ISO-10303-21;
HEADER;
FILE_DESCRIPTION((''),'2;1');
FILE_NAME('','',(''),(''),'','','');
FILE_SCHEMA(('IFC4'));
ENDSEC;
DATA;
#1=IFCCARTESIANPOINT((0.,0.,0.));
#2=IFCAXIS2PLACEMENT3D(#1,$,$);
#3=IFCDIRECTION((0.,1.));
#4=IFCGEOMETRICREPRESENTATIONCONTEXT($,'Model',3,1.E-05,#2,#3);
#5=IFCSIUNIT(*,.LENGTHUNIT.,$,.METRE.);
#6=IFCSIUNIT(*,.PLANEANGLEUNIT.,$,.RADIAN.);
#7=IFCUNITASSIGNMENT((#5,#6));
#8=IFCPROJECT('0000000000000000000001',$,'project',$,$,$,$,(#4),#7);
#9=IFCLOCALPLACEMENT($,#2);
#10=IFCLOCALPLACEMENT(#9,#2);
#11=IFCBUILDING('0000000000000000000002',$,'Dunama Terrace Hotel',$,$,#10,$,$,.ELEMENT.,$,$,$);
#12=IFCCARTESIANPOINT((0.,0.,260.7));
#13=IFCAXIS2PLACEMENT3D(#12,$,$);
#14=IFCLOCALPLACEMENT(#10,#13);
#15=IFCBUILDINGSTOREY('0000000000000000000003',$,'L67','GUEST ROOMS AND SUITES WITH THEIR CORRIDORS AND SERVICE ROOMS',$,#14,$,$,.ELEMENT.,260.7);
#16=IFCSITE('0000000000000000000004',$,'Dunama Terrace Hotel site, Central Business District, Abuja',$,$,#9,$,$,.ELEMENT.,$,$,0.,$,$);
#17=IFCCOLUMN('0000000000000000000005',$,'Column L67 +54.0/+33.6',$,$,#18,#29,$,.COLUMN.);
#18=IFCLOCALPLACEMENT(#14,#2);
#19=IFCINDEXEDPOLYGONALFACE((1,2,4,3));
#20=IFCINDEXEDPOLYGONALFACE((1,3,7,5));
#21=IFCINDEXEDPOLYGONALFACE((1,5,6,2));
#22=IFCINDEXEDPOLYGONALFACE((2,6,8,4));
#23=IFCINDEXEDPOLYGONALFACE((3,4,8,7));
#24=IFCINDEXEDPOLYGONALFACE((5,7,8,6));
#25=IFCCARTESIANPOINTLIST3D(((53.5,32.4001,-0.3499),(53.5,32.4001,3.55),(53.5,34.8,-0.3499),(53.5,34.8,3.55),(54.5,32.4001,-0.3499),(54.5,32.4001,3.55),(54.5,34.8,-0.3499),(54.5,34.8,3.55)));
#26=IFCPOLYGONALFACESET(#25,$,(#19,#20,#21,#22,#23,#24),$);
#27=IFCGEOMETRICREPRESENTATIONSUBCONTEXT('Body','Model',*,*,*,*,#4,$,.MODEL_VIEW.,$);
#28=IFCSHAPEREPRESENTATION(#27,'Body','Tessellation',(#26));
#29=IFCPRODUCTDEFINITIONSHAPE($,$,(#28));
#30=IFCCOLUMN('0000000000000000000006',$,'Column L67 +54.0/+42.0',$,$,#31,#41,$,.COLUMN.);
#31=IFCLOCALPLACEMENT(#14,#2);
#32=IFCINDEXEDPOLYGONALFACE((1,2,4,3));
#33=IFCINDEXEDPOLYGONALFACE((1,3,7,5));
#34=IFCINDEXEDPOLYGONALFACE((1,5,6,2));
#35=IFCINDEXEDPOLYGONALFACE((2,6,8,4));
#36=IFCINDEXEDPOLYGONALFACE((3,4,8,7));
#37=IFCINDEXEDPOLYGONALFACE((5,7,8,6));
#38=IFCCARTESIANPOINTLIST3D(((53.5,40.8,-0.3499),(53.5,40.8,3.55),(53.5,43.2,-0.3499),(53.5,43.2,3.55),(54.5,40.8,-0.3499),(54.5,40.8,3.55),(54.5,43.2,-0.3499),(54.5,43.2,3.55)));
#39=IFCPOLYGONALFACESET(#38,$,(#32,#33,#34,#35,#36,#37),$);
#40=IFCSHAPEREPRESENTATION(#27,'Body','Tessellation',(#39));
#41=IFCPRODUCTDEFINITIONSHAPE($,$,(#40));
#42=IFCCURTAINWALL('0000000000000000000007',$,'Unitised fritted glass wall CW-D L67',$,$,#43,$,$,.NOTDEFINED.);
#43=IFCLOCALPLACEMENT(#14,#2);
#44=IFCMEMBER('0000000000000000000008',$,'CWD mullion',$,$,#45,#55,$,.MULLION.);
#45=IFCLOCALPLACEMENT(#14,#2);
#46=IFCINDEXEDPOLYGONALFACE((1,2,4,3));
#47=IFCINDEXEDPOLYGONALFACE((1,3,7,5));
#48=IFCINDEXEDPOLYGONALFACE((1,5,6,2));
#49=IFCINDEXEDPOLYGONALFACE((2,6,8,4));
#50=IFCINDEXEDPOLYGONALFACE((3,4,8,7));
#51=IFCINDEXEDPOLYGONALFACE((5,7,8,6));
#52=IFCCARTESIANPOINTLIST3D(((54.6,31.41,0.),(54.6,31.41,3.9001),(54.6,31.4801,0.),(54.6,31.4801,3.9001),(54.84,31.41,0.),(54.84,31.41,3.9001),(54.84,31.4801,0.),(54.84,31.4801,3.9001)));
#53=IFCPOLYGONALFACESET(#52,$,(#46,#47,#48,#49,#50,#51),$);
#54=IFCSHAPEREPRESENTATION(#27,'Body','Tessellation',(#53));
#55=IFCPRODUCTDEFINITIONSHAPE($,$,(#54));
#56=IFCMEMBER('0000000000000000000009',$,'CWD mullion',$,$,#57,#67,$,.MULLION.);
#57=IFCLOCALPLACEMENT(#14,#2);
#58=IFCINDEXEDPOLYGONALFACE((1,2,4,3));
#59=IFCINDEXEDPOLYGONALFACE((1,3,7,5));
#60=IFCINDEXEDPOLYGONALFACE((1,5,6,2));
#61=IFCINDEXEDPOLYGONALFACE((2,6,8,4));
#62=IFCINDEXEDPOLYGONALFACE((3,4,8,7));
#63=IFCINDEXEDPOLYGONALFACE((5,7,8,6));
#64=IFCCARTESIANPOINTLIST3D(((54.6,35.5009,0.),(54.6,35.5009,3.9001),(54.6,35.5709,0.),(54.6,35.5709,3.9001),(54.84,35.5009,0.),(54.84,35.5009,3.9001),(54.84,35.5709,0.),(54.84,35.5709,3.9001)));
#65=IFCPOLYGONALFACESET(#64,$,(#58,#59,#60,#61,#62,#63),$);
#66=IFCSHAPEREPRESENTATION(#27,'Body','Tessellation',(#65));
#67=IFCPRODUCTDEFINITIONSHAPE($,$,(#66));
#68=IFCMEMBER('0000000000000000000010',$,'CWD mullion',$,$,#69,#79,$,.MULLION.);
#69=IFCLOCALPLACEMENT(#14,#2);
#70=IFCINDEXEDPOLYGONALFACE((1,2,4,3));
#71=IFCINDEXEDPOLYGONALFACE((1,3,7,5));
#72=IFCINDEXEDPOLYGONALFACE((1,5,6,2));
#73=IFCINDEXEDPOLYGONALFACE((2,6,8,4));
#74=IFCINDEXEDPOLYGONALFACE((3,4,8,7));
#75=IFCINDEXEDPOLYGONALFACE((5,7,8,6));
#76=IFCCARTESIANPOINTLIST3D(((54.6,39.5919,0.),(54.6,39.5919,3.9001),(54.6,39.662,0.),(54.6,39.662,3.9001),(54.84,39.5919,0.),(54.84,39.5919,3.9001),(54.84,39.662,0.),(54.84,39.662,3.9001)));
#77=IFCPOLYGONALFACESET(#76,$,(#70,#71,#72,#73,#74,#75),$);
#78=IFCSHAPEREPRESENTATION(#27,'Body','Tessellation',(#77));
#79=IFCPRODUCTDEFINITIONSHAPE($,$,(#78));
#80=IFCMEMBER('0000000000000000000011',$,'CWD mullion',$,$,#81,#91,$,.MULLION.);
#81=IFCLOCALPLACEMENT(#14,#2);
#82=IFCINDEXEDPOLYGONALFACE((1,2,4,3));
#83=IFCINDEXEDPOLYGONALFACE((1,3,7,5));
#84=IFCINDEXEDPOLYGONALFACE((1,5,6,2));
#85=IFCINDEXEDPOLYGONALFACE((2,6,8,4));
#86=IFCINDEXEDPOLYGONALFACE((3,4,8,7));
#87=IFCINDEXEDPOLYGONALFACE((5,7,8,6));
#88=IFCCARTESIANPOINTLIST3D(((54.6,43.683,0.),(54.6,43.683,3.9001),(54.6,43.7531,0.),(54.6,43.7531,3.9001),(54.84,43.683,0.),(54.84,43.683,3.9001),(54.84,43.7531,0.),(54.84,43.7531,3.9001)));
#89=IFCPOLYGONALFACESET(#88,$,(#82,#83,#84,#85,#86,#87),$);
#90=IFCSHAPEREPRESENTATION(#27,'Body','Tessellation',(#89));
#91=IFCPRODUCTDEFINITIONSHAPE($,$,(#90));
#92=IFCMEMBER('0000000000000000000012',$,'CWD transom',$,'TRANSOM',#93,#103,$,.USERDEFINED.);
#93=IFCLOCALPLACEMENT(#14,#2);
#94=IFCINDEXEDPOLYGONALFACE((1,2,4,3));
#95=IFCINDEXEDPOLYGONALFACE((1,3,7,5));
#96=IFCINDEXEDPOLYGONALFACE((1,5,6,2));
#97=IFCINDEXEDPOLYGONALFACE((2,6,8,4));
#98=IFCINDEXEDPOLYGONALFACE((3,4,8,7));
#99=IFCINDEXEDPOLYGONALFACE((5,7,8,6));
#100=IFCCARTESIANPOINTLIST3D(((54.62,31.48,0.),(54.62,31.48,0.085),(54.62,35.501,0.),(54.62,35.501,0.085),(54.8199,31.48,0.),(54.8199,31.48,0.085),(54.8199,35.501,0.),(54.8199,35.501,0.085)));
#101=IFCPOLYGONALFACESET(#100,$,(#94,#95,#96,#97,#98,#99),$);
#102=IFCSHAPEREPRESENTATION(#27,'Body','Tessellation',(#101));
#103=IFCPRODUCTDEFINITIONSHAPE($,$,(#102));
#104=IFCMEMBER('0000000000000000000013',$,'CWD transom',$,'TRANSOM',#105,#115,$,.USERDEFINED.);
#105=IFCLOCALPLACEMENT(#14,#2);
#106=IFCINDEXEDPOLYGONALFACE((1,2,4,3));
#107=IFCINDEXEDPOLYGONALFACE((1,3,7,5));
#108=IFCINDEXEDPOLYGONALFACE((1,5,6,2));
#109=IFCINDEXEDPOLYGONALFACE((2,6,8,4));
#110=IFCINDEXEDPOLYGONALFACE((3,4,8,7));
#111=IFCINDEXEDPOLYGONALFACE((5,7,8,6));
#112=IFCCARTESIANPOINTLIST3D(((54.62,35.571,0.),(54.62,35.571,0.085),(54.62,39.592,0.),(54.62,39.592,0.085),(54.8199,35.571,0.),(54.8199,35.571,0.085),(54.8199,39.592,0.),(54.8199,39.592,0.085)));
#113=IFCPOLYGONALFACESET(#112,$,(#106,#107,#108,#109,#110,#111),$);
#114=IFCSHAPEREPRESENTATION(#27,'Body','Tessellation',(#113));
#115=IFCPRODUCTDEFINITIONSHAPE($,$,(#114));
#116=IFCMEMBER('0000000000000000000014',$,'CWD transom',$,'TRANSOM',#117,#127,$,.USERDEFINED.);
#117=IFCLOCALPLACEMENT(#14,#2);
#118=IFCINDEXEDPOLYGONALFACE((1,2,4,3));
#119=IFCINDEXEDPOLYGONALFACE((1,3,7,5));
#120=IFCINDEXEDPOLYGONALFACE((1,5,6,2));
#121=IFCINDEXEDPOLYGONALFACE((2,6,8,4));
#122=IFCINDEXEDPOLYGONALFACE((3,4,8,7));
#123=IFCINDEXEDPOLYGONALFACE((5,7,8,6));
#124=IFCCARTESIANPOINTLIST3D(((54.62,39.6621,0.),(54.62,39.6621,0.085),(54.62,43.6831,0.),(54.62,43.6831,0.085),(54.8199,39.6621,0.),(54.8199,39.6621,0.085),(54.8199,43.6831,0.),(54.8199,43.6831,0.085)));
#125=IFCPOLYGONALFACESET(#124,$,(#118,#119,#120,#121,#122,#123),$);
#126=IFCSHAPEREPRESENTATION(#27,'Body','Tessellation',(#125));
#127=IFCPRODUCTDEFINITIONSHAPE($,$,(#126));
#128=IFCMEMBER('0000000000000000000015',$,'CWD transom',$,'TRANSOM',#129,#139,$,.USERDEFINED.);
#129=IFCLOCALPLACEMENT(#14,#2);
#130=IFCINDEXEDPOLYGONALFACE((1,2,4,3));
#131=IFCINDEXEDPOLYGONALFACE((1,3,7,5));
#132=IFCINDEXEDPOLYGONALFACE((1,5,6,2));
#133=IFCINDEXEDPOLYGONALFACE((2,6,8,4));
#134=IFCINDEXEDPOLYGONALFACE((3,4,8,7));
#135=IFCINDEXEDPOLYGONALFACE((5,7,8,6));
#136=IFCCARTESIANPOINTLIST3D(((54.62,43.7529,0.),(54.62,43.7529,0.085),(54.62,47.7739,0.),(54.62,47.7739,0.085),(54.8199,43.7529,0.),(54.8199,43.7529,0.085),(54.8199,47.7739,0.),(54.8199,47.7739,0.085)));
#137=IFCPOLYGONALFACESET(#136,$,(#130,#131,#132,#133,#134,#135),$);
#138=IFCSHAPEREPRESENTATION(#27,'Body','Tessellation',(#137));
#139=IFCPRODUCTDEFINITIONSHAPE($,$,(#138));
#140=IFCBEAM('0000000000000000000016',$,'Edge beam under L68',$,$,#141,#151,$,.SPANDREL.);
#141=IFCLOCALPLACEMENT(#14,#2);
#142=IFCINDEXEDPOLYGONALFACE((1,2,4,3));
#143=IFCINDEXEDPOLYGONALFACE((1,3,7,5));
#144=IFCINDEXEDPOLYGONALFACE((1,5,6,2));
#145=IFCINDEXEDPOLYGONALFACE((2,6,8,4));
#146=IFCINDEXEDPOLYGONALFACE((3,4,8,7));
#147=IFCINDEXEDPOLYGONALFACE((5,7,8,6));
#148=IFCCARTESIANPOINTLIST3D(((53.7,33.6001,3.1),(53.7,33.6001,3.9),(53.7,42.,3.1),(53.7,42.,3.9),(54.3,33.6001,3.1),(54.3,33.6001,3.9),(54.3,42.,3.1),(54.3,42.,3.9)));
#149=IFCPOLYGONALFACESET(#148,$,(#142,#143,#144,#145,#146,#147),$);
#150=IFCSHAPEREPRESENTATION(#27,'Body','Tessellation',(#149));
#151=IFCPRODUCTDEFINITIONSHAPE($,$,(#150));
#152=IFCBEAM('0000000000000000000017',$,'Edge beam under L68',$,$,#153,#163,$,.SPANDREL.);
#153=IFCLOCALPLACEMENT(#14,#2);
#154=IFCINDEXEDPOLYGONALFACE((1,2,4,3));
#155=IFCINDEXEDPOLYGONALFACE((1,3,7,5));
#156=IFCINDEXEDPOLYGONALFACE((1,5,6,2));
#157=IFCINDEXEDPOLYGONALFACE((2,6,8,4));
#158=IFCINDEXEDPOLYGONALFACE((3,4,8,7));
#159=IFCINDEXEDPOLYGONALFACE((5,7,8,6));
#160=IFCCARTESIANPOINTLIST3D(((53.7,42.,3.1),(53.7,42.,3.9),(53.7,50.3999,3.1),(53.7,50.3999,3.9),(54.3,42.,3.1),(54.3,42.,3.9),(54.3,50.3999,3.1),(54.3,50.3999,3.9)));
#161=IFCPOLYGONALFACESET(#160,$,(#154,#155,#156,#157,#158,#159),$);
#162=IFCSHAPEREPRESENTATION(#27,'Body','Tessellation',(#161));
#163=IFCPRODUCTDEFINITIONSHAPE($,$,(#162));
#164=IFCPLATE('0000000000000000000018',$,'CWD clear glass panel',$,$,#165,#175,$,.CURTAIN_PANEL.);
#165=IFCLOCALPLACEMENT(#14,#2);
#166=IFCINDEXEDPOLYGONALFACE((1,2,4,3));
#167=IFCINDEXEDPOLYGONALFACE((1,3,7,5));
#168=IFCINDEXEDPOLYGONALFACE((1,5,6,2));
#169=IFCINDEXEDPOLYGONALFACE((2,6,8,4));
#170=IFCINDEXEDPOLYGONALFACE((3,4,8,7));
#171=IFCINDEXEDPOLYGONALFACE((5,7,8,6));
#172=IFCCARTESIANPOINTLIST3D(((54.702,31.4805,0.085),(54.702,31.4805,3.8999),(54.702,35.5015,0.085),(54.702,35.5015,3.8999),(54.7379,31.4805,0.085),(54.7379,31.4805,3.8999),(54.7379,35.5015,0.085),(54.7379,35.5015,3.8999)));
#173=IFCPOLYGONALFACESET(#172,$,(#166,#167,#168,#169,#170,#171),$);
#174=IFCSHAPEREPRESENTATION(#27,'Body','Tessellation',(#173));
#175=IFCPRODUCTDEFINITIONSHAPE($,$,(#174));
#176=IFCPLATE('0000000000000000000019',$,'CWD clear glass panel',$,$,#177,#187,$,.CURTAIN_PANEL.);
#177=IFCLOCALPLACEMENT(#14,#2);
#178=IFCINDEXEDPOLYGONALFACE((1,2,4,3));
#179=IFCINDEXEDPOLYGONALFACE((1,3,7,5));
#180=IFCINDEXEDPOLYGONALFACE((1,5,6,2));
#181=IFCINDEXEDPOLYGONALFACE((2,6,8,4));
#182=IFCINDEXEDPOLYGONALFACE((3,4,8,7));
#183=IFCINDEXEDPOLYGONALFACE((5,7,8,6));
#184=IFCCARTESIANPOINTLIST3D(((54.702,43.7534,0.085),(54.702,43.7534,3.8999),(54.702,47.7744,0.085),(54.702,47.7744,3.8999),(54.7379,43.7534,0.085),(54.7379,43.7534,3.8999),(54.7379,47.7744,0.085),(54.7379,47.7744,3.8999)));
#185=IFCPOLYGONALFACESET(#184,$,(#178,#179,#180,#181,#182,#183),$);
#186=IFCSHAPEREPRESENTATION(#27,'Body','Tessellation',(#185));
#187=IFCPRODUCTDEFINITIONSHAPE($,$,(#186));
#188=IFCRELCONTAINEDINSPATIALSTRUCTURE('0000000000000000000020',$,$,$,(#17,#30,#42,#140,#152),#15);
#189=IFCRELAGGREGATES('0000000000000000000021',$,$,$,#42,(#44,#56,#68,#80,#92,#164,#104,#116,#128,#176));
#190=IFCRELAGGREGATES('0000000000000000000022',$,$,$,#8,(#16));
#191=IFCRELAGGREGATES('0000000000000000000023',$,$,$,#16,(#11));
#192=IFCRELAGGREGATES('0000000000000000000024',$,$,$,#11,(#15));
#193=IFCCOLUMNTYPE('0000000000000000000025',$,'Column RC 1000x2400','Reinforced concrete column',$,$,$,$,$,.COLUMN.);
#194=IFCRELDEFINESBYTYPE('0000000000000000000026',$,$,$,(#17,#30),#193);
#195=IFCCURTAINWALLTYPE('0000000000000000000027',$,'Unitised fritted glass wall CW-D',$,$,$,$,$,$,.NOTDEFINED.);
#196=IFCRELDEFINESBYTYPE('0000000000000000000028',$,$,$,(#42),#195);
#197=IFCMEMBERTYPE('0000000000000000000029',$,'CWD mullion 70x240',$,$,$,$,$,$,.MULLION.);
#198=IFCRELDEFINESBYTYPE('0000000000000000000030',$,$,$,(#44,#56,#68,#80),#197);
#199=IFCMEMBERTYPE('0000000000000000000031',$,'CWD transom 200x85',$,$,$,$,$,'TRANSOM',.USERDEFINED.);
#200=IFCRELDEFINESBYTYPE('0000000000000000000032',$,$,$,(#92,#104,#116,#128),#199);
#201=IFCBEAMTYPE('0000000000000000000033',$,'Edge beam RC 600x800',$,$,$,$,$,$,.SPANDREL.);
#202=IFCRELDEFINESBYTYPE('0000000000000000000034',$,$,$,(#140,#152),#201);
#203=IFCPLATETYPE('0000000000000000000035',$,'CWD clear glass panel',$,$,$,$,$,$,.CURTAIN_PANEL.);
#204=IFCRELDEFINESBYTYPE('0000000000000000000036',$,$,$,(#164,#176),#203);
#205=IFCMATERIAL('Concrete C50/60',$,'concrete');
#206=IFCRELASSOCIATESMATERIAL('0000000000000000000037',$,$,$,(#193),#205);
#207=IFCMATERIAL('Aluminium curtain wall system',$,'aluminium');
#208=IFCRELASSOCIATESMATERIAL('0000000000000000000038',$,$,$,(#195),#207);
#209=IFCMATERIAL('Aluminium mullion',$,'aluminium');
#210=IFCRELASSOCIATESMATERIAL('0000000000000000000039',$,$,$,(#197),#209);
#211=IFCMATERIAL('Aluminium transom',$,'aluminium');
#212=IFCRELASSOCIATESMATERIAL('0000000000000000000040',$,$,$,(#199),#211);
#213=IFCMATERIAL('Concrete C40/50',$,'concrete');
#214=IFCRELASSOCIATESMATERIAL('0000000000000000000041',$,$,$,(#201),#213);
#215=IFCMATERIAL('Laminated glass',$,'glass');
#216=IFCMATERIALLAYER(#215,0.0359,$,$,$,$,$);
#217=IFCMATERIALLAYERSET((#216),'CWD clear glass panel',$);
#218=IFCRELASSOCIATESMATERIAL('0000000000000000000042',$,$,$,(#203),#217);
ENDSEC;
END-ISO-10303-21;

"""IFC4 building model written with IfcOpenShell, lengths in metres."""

from ifc_helpers import new_model, si_unit, direction, frame, origin, origin_2d, place, context, subcontext, project, spatial, rectangle, extrude, material, layer, layer_set, material_profile, profile_set, type_object, element, aggregate, save


model = new_model("IFC4")

# Units and contexts
model_context = context("Model", 3, precision=1e-05, world=origin(), true_north=direction((0.0, 1.0)))
body_context = subcontext(model_context, "Body", "Model", "MODEL_VIEW")
ifc_project = project(units=[si_unit("LENGTHUNIT", "METRE"), si_unit("PLANEANGLEUNIT", "RADIAN")], contexts=[model_context])

# Site, building, storey
site_placement = place(None, origin())
site = spatial("IfcSite", under=ifc_project, at=site_placement, Name="Dunama Terrace Hotel site, Central Business District, Abuja", CompositionType="ELEMENT", RefElevation=0.0)
building_placement = place(site_placement, origin())
building = spatial("IfcBuilding", under=site, at=building_placement, Name="Dunama Terrace Hotel", CompositionType="ELEMENT")
storey_placement = place(building_placement, frame((0.0, 0.0, 260.7)))
storey = spatial("IfcBuildingStorey", under=building, at=storey_placement, Name="L67", Description="GUEST ROOMS AND SUITES WITH THEIR CORRIDORS AND SERVICE ROOMS", CompositionType="ELEMENT", Elevation=260.7)

# Columns
ifc_material_1 = material(Name="Concrete C50/60", Category="concrete")
ifc_material_profile_1 = material_profile(ifc_material_1, rectangle(XDim=1.0, YDim=2.3999, at=origin_2d()), Name="RC 1000x2400")
ifc_profile_set_1 = profile_set([ifc_material_profile_1], Name="Concrete C50/60")
column_type = type_object("IfcColumnType", Name="Column RC 1000x2400", Description="Reinforced concrete column", PredefinedType="COLUMN", material=ifc_profile_set_1)
for number, where, z_axis, x_axis, name in (
    (1, (54.0, 33.6001, -0.3499), (0.0, 0.0, 1.0), (1.0, 0.0, 0.0), "Column L67 +54.0/+33.6"),
    (2, (54.0, 42.0, -0.3499), (0.0, 0.0, 1.0), (1.0, 0.0, 0.0), "Column L67 +54.0/+42.0"),
):
    element("IfcColumn", number, at=place(storey_placement, frame(where, z_axis=z_axis, x_axis=x_axis)), inside=storey, type_object=column_type, Name=name, PredefinedType="COLUMN", context=body_context, shape_type="SweptSolid", body=[
        extrude(rectangle(XDim=1.0, YDim=2.3999, at=origin_2d()), origin(), (0.0, 0.0, 1.0), 3.8999),
    ])

# Curtain wall, members
ifc_material_2 = material(Name="Aluminium curtain wall system", Category="aluminium")
curtain_wall_type = type_object("IfcCurtainWallType", Name="Unitised fritted glass wall CW-D", PredefinedType="NOTDEFINED", material=ifc_material_2)
curtain_wall_placement = place(storey_placement, origin())
curtain_wall = element("IfcCurtainWall", 3, at=curtain_wall_placement, inside=storey, type_object=curtain_wall_type, Name="Unitised fritted glass wall CW-D L67", PredefinedType="NOTDEFINED")
ifc_material_3 = material(Name="Aluminium mullion", Category="aluminium")
ifc_material_profile_2 = material_profile(ifc_material_3, rectangle(XDim=0.0701, YDim=0.24, at=origin_2d()), Name="CWD MULLION 70X240")
ifc_profile_set_2 = profile_set([ifc_material_profile_2], Name="Aluminium mullion")
member_type_1 = type_object("IfcMemberType", Name="CWD mullion 70x240", PredefinedType="MULLION", material=ifc_profile_set_2)
member_1_placement = place(storey_placement, frame((54.72, 31.4451, 0.0), z_axis=(0.0, 0.0, 1.0), x_axis=(0.0, 1.0, 0.0)))
member_1 = element("IfcMember", 4, at=member_1_placement, type_object=member_type_1, Name="CWD mullion", PredefinedType="MULLION", context=body_context, shape_type="SweptSolid", body=[
    extrude(rectangle(XDim=0.0701, YDim=0.24, at=origin_2d()), origin(), (0.0, 0.0, 1.0), 3.9001),
])
member_2_placement = place(storey_placement, frame((54.72, 35.5359, 0.0), z_axis=(0.0, 0.0, 1.0), x_axis=(0.0, 1.0, 0.0)))
member_2 = element("IfcMember", 5, at=member_2_placement, type_object=member_type_1, Name="CWD mullion", PredefinedType="MULLION", context=body_context, shape_type="SweptSolid", body=[
    extrude(rectangle(XDim=0.0701, YDim=0.24, at=origin_2d()), origin(), (0.0, 0.0, 1.0), 3.9001),
])
member_3_placement = place(storey_placement, frame((54.72, 39.627, 0.0), z_axis=(0.0, 0.0, 1.0), x_axis=(0.0, 1.0, 0.0)))
member_3 = element("IfcMember", 6, at=member_3_placement, type_object=member_type_1, Name="CWD mullion", PredefinedType="MULLION", context=body_context, shape_type="SweptSolid", body=[
    extrude(rectangle(XDim=0.0701, YDim=0.24, at=origin_2d()), origin(), (0.0, 0.0, 1.0), 3.9001),
])
member_4_placement = place(storey_placement, frame((54.72, 43.718, 0.0), z_axis=(0.0, 0.0, 1.0), x_axis=(0.0, 1.0, 0.0)))
member_4 = element("IfcMember", 7, at=member_4_placement, type_object=member_type_1, Name="CWD mullion", PredefinedType="MULLION", context=body_context, shape_type="SweptSolid", body=[
    extrude(rectangle(XDim=0.0701, YDim=0.24, at=origin_2d()), origin(), (0.0, 0.0, 1.0), 3.9001),
])
ifc_material_4 = material(Name="Aluminium transom", Category="aluminium")
ifc_material_profile_3 = material_profile(ifc_material_4, rectangle(XDim=0.2, YDim=0.085, at=origin_2d()), Name="CWD TRANSOM 200X85")
ifc_profile_set_3 = profile_set([ifc_material_profile_3], Name="Aluminium transom")
member_type_2 = type_object("IfcMemberType", Name="CWD transom 200x85", ElementType="TRANSOM", PredefinedType="USERDEFINED", material=ifc_profile_set_3)
member_5_placement = place(storey_placement, frame((54.72, 31.48, 0.0425), z_axis=(0.0, 1.0, 0.0), x_axis=(-1.0, 0.0, 0.0)))
member_5 = element("IfcMember", 8, at=member_5_placement, type_object=member_type_2, Name="CWD transom", ObjectType="TRANSOM", PredefinedType="USERDEFINED", context=body_context, shape_type="SweptSolid", body=[
    extrude(rectangle(XDim=0.2, YDim=0.085, at=origin_2d()), origin(), (0.0, 0.0, 1.0), 4.021),
])
member_6_placement = place(storey_placement, frame((54.72, 35.571, 0.0425), z_axis=(0.0, 1.0, 0.0), x_axis=(-1.0, 0.0, 0.0)))
member_6 = element("IfcMember", 9, at=member_6_placement, type_object=member_type_2, Name="CWD transom", ObjectType="TRANSOM", PredefinedType="USERDEFINED", context=body_context, shape_type="SweptSolid", body=[
    extrude(rectangle(XDim=0.2, YDim=0.085, at=origin_2d()), origin(), (0.0, 0.0, 1.0), 4.021),
])
member_7_placement = place(storey_placement, frame((54.72, 39.6621, 0.0425), z_axis=(0.0, 1.0, 0.0), x_axis=(-1.0, 0.0, 0.0)))
member_7 = element("IfcMember", 10, at=member_7_placement, type_object=member_type_2, Name="CWD transom", ObjectType="TRANSOM", PredefinedType="USERDEFINED", context=body_context, shape_type="SweptSolid", body=[
    extrude(rectangle(XDim=0.2, YDim=0.085, at=origin_2d()), origin(), (0.0, 0.0, 1.0), 4.021),
])
member_8_placement = place(storey_placement, frame((54.72, 43.7529, 0.0425), z_axis=(0.0, 1.0, 0.0), x_axis=(-1.0, 0.0, 0.0)))
member_8 = element("IfcMember", 11, at=member_8_placement, type_object=member_type_2, Name="CWD transom", ObjectType="TRANSOM", PredefinedType="USERDEFINED", context=body_context, shape_type="SweptSolid", body=[
    extrude(rectangle(XDim=0.2, YDim=0.085, at=origin_2d()), origin(), (0.0, 0.0, 1.0), 4.021),
])

# Beams
ifc_material_5 = material(Name="Concrete C40/50", Category="concrete")
ifc_material_profile_4 = material_profile(ifc_material_5, rectangle(XDim=0.6001, YDim=0.8, at=origin_2d()), Name="RC 600x800")
ifc_profile_set_4 = profile_set([ifc_material_profile_4], Name="Concrete C40/50")
beam_type = type_object("IfcBeamType", Name="Edge beam RC 600x800", PredefinedType="SPANDREL", material=ifc_profile_set_4)
for number, where, z_axis, x_axis, name in (
    (12, (54.0, 33.6001, 3.5), (0.0, 1.0, 0.0), (-1.0, 0.0, 0.0), "Edge beam under L68"),
    (13, (54.0, 42.0, 3.5), (0.0, 1.0, 0.0), (-1.0, 0.0, 0.0), "Edge beam under L68"),
):
    element("IfcBeam", number, at=place(storey_placement, frame(where, z_axis=z_axis, x_axis=x_axis)), inside=storey, type_object=beam_type, Name=name, PredefinedType="SPANDREL", context=body_context, shape_type="SweptSolid", body=[
        extrude(rectangle(XDim=0.6001, YDim=0.8, at=origin_2d()), origin(), (0.0, 0.0, 1.0), 8.3999),
    ])

# Plates
ifc_material_6 = material(Name="Laminated glass", Category="glass")
ifc_layer_1 = layer(ifc_material_6, 0.0359)
ifc_layer_set_1 = layer_set([ifc_layer_1], Name="CWD clear glass panel")
plate_type_1 = type_object("IfcPlateType", Name="CWD clear glass panel", PredefinedType="CURTAIN_PANEL", material=ifc_layer_set_1)
plate_1_placement = place(storey_placement, frame((54.72, 33.491, 0.085), z_axis=(0.0, 0.0, 1.0), x_axis=(0.0, 1.0, 0.0)))
plate_1 = element("IfcPlate", 14, at=plate_1_placement, type_object=plate_type_1, Name="CWD clear glass panel", PredefinedType="CURTAIN_PANEL", context=body_context, shape_type="SweptSolid", body=[
    extrude(rectangle(XDim=4.021, YDim=0.0359, at=origin_2d()), origin(), (0.0, 0.0, 1.0), 3.8149),
])
plate_2_placement = place(storey_placement, frame((54.72, 45.7639, 0.085), z_axis=(0.0, 0.0, 1.0), x_axis=(0.0, 1.0, 0.0)))
plate_2 = element("IfcPlate", 15, at=plate_2_placement, type_object=plate_type_1, Name="CWD clear glass panel", PredefinedType="CURTAIN_PANEL", context=body_context, shape_type="SweptSolid", body=[
    extrude(rectangle(XDim=4.021, YDim=0.0359, at=origin_2d()), origin(), (0.0, 0.0, 1.0), 3.8149),
])
aggregate(curtain_wall, [member_1, member_2, member_3, member_4, member_5, plate_1, member_6, member_7, member_8, plate_2])

save(model, "model.ifc")
